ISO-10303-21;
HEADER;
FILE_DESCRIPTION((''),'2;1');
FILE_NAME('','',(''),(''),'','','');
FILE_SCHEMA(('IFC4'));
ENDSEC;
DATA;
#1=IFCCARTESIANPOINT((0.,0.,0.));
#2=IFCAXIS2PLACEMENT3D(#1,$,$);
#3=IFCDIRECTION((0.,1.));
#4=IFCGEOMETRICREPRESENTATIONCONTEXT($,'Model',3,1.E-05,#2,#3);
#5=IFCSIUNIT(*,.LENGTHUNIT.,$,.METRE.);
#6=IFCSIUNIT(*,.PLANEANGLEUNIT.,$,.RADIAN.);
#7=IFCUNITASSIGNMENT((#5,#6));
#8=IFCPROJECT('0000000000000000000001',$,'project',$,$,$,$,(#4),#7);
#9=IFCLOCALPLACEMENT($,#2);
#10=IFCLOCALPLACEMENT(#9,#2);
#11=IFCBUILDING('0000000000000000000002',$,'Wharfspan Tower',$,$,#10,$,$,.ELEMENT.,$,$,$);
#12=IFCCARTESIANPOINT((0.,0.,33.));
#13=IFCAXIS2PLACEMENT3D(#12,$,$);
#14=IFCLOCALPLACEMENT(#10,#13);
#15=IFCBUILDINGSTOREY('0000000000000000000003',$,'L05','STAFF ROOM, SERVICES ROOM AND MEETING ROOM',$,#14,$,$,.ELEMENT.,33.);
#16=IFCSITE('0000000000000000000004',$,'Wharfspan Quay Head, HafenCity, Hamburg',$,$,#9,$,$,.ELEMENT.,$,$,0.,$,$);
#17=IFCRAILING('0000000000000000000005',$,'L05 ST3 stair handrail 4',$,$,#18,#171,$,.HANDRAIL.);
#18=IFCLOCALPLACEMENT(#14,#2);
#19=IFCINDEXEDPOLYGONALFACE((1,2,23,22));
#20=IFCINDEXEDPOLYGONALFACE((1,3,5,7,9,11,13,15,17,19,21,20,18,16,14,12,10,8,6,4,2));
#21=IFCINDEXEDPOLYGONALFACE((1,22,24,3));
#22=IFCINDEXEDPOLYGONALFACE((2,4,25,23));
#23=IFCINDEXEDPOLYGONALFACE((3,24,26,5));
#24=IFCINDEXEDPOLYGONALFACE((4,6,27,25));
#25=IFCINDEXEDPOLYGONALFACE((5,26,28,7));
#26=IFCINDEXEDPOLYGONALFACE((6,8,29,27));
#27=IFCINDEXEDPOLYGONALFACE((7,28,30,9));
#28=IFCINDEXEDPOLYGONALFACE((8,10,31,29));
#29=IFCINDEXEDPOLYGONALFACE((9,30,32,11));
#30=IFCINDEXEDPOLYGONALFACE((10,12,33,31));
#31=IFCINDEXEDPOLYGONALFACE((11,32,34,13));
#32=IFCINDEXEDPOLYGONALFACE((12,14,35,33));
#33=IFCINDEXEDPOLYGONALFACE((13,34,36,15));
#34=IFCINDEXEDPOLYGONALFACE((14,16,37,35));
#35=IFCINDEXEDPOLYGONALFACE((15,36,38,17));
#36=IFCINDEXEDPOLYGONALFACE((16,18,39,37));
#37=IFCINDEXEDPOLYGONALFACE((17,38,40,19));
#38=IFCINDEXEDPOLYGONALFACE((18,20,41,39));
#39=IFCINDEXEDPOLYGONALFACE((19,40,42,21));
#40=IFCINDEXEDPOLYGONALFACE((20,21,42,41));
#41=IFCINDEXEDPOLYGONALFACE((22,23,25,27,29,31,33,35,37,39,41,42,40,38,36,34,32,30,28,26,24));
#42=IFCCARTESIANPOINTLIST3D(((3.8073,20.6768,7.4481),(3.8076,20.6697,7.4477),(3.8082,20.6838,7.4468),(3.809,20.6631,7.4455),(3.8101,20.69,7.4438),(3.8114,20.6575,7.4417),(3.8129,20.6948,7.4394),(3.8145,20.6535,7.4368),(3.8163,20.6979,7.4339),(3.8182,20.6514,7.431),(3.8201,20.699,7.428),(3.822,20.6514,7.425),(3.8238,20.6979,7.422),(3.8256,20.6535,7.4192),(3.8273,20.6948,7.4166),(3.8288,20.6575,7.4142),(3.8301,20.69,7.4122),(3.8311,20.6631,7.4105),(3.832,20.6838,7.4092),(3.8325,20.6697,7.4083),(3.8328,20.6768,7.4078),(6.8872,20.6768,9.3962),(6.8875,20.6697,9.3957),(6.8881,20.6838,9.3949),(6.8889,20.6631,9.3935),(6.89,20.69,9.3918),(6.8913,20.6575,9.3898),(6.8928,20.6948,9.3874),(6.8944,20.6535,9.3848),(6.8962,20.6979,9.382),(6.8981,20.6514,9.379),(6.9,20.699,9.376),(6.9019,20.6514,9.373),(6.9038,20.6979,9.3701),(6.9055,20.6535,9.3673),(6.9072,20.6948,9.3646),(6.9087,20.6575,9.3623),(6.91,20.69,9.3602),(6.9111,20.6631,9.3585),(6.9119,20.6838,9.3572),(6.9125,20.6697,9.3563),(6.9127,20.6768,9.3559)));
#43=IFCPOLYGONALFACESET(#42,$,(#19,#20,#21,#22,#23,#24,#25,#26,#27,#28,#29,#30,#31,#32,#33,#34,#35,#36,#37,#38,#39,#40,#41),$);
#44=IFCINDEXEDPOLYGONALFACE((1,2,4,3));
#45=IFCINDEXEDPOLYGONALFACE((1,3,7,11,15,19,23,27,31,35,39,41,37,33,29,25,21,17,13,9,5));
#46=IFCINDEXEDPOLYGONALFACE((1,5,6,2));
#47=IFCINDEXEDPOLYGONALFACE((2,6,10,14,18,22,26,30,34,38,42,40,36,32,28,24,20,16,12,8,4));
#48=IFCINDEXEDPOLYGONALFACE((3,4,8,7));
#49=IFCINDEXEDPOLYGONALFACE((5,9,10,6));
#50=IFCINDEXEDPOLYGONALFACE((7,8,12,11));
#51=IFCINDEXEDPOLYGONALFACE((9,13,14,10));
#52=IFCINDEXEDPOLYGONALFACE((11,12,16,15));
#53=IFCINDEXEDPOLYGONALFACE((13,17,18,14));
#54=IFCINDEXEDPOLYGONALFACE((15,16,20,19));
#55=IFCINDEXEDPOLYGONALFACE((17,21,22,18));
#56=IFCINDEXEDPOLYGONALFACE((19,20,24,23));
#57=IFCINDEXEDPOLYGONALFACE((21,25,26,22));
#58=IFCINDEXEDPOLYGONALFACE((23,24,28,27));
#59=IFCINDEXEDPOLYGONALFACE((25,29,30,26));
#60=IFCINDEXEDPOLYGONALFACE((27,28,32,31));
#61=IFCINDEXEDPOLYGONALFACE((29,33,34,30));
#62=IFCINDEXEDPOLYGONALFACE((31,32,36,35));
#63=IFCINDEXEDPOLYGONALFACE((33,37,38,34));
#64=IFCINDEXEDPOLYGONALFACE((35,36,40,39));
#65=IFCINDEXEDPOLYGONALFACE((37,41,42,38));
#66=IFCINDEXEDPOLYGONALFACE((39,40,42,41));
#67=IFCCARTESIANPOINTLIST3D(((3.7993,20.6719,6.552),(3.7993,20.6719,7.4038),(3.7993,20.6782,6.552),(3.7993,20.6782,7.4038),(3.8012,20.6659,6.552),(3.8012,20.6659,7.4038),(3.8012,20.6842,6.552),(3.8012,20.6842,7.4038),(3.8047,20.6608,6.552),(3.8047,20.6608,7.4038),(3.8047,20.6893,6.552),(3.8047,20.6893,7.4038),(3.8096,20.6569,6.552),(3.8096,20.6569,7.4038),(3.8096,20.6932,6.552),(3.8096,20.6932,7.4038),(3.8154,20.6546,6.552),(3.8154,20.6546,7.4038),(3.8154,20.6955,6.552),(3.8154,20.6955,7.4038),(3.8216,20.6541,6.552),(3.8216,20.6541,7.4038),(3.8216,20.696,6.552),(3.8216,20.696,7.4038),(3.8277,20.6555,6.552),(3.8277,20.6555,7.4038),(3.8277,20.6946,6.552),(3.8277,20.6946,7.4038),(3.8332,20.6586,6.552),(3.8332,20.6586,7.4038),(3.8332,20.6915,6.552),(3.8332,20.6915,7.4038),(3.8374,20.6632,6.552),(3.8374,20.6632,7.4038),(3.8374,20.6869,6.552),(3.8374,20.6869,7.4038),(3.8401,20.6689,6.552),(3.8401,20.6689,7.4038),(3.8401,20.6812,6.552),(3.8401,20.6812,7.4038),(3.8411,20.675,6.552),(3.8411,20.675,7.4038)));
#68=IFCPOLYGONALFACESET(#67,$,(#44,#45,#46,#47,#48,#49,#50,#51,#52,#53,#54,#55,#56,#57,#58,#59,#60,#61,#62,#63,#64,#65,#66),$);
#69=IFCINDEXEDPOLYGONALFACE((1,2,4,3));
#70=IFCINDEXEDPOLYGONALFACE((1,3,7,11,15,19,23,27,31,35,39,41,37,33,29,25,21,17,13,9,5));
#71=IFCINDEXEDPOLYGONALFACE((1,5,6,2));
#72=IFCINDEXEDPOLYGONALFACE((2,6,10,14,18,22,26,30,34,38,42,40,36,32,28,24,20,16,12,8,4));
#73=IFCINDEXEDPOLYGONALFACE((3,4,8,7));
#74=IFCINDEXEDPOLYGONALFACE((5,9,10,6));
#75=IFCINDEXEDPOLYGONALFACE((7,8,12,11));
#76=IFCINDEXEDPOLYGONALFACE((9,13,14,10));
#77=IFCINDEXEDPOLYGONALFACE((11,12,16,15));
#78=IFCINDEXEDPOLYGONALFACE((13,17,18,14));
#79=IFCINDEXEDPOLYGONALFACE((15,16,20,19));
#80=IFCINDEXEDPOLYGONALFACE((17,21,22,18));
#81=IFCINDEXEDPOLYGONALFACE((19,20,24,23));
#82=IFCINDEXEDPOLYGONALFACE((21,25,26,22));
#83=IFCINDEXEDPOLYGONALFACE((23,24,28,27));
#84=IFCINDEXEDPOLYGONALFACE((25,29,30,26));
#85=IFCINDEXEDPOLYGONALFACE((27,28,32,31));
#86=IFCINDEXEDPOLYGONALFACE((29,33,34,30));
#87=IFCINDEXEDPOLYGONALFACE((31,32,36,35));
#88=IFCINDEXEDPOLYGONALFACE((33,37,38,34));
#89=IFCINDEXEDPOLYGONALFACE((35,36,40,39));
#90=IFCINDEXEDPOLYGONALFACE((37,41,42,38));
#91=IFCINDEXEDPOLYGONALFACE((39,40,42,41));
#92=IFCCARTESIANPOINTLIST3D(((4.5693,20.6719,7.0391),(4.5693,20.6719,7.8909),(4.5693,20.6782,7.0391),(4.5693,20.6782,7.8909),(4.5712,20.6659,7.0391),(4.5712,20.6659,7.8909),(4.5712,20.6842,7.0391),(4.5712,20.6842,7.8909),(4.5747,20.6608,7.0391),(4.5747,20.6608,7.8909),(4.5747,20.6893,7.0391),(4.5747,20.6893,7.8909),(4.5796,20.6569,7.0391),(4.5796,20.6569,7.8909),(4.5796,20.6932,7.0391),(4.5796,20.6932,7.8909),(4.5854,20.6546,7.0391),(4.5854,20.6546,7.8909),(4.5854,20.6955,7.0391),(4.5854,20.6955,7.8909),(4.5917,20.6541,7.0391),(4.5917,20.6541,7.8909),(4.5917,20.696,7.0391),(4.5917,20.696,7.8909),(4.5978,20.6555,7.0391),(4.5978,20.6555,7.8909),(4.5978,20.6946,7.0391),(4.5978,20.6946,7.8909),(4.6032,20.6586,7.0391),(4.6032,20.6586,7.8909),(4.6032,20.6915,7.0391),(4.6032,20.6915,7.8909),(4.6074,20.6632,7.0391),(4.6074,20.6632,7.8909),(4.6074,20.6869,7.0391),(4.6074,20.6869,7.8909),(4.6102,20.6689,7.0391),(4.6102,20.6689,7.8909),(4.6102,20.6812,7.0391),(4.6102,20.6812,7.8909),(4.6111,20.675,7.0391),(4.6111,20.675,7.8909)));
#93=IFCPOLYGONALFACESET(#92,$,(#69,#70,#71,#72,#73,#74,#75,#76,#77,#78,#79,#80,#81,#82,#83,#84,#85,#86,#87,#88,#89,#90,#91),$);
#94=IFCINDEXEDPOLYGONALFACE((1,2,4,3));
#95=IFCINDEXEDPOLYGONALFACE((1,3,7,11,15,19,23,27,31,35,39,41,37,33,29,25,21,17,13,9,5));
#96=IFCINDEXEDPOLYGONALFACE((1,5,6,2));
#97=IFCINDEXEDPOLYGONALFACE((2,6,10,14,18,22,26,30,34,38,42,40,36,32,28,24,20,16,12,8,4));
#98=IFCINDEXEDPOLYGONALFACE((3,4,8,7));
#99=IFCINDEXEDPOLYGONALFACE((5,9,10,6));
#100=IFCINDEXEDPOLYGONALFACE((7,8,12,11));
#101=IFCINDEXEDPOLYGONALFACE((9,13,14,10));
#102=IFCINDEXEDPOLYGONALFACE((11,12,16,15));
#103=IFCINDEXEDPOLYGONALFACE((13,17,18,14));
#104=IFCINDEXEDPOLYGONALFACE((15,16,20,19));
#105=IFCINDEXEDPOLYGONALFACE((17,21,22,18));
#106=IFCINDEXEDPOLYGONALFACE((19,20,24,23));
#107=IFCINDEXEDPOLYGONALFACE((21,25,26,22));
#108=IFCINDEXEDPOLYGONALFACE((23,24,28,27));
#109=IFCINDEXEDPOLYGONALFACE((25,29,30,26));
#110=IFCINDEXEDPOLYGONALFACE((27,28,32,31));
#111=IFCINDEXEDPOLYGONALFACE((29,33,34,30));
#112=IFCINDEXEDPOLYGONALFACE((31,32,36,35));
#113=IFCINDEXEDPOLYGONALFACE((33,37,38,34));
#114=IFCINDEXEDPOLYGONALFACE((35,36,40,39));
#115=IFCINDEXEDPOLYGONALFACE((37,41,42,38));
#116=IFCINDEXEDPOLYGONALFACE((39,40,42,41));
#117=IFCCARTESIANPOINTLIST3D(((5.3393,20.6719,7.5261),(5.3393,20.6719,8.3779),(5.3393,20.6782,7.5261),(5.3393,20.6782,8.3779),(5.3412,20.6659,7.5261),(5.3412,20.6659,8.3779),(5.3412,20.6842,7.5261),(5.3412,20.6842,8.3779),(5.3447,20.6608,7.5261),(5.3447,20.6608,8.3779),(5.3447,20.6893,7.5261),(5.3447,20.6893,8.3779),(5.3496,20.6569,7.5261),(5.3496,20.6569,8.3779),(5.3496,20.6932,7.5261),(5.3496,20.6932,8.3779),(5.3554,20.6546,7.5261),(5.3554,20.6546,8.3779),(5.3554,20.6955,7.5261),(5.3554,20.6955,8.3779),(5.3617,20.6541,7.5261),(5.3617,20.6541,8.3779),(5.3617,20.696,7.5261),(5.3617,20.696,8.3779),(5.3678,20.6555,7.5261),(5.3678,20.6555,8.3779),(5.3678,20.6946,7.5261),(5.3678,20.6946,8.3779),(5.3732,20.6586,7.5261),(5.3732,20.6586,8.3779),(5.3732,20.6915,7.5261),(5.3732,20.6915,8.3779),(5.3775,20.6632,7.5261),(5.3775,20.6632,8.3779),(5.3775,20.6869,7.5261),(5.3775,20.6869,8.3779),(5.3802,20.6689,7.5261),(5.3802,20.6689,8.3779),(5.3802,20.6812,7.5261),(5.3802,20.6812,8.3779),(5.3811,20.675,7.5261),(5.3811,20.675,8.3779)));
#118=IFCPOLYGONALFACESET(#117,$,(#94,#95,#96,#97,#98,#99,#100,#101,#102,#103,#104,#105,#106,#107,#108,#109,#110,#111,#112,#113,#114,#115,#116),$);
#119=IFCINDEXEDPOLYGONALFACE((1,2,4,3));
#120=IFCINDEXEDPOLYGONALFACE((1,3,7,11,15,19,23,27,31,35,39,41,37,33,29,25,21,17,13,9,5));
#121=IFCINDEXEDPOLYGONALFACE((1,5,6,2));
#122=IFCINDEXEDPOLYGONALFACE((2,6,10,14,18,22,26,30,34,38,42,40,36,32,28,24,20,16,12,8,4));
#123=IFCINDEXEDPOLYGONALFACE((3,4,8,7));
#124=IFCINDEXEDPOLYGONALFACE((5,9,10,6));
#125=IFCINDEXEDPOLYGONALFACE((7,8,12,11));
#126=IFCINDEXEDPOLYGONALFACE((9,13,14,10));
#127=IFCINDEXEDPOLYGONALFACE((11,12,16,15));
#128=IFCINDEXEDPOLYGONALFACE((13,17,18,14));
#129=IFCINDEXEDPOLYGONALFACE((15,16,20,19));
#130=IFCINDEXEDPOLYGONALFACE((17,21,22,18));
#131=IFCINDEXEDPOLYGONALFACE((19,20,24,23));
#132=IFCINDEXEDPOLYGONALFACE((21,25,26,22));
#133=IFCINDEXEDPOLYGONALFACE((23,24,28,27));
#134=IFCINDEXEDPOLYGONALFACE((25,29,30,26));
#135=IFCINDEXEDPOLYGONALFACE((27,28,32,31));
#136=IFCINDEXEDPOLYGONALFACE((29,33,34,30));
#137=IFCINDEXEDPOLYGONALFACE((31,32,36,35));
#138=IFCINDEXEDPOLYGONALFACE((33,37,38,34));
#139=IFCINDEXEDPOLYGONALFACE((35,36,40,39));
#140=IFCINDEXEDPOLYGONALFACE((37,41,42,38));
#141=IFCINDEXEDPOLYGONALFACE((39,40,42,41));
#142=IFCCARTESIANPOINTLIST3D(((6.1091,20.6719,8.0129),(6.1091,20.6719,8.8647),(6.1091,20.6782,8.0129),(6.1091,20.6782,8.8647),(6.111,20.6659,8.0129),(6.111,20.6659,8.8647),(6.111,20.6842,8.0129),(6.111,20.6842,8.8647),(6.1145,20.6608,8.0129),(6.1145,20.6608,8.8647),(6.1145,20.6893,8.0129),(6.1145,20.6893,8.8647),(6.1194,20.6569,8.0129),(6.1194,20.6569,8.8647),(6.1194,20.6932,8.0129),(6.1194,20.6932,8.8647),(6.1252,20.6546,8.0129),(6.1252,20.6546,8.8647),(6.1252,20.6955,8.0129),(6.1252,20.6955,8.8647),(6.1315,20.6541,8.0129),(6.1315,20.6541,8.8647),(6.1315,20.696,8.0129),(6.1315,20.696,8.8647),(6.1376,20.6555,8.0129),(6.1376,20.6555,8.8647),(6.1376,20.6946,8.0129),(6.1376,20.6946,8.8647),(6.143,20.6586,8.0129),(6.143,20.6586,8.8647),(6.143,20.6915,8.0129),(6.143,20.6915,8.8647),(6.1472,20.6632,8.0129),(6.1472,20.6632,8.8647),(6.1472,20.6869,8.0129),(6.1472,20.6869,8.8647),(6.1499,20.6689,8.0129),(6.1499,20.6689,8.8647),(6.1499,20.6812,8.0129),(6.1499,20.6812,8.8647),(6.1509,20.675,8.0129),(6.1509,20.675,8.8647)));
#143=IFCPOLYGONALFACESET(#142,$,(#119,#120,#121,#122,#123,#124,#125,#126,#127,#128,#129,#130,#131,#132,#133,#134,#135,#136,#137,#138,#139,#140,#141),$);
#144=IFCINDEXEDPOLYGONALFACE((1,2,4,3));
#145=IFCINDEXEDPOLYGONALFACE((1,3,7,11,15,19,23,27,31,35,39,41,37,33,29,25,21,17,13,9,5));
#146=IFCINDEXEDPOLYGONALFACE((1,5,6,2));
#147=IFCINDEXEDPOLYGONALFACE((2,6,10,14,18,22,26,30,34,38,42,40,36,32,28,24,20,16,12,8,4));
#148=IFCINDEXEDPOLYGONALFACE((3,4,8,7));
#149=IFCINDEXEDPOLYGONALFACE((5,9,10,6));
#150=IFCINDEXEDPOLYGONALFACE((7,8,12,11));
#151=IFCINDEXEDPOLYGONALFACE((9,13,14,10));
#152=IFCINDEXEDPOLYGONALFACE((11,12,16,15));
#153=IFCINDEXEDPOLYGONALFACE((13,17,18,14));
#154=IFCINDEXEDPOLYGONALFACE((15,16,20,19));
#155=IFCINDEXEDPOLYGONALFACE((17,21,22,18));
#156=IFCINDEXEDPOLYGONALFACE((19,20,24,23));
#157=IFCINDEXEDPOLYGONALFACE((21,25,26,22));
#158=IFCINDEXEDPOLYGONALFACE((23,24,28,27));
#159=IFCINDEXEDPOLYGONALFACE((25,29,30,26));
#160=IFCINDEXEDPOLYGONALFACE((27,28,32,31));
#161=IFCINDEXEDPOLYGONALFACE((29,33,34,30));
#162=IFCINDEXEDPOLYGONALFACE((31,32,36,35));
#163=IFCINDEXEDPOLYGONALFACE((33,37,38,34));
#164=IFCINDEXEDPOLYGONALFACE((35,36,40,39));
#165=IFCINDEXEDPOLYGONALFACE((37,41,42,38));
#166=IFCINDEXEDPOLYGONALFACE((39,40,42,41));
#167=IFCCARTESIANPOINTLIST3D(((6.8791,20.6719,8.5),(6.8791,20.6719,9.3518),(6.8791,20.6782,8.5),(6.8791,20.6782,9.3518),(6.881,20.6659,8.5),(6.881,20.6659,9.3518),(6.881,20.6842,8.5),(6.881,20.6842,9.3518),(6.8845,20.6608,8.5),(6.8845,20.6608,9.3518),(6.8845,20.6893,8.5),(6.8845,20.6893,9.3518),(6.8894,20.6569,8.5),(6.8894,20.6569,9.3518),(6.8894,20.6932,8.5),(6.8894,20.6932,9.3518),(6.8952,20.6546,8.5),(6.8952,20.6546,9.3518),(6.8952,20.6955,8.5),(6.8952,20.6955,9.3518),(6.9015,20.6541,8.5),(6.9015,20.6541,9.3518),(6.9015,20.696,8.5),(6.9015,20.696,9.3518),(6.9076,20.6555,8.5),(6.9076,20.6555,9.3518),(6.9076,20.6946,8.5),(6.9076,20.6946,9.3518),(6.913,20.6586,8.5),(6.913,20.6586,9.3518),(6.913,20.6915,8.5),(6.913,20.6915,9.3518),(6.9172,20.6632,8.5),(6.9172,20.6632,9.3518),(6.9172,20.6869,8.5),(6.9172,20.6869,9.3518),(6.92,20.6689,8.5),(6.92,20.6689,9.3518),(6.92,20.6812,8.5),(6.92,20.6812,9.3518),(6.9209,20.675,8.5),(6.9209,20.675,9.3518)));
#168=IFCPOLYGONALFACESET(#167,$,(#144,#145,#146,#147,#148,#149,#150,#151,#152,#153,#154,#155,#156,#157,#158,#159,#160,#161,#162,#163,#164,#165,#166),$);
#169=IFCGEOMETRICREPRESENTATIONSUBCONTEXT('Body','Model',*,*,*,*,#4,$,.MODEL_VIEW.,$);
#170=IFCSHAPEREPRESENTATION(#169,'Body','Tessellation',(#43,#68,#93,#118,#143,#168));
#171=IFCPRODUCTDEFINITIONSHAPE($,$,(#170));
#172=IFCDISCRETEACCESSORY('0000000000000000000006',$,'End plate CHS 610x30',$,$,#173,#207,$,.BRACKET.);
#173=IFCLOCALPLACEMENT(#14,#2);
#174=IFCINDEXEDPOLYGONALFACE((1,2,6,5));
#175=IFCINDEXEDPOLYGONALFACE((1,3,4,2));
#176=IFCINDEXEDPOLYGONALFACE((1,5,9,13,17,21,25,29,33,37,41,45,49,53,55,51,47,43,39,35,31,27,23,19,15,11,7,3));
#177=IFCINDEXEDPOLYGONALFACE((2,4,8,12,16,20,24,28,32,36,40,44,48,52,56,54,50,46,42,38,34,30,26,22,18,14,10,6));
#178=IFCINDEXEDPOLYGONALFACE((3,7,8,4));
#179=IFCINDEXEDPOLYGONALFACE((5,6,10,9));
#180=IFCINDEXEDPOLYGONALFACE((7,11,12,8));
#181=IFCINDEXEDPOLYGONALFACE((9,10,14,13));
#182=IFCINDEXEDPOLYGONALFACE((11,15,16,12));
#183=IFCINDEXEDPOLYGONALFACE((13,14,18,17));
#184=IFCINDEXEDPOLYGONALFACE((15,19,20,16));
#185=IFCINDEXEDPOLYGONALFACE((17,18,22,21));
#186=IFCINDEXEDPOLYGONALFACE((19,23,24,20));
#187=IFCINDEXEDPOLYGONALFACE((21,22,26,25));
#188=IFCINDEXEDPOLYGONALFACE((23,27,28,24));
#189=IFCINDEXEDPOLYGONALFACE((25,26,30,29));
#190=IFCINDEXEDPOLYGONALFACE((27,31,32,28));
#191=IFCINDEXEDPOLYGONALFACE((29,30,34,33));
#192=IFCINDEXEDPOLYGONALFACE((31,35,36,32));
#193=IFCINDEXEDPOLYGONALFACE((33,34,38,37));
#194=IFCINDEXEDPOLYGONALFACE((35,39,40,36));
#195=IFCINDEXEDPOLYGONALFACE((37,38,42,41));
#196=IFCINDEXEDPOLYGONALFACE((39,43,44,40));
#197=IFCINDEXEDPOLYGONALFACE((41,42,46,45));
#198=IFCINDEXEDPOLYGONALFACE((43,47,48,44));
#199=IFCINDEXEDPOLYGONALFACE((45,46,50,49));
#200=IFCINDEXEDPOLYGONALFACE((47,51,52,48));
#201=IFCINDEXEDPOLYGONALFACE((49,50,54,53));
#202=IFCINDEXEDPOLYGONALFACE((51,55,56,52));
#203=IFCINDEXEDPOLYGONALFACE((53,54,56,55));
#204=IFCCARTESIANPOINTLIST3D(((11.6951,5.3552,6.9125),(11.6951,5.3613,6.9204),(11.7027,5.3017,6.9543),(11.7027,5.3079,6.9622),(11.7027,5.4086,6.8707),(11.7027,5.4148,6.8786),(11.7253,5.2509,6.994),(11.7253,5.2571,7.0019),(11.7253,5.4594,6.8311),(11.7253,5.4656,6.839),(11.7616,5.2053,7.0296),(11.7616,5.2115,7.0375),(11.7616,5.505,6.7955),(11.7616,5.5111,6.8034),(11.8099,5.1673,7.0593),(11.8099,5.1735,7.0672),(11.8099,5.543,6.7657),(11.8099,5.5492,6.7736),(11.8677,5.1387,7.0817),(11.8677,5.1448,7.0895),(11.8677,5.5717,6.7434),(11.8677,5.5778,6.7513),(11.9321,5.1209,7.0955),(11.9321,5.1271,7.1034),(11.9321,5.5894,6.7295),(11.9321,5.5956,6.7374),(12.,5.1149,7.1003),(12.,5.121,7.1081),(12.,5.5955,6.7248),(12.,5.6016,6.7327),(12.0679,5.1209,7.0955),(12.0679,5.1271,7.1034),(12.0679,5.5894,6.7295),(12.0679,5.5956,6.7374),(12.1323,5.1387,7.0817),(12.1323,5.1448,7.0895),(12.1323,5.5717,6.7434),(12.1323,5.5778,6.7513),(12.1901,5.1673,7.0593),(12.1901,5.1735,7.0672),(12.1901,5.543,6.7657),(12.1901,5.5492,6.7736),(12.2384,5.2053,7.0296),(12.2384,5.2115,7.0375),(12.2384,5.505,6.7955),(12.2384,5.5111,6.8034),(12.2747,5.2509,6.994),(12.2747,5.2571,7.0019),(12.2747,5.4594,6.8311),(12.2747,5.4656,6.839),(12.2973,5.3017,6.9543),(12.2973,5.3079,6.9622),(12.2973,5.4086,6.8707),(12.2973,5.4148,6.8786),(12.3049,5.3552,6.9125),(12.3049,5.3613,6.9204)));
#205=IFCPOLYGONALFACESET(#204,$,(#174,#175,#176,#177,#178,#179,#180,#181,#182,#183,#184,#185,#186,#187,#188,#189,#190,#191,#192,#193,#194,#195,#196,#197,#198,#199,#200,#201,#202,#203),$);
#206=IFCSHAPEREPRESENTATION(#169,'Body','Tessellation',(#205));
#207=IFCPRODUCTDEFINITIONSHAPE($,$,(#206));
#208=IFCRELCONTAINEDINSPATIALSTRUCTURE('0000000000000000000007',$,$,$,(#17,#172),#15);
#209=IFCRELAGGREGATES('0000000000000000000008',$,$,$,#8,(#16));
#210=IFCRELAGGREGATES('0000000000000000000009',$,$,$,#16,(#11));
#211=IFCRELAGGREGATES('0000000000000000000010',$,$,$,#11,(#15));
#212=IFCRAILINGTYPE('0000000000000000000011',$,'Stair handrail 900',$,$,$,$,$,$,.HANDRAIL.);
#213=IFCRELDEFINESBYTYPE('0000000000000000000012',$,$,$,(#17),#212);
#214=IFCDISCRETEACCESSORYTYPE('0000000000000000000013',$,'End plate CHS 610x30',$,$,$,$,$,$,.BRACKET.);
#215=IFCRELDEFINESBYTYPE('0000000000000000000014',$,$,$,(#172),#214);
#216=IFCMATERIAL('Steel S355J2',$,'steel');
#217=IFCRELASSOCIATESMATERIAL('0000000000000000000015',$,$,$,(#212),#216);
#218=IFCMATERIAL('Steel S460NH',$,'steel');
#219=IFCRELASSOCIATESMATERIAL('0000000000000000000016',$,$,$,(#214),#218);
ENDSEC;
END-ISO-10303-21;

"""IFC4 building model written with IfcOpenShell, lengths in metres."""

from ifc_helpers import new_model, si_unit, direction, frame, origin, origin_2d, place, context, subcontext, project, spatial, circle, extrude, material, material_profile, profile_set, type_object, element, save


model = new_model("IFC4")

# Units and contexts
model_context = context("Model", 3, precision=1e-05, world=origin(), true_north=direction((0.0, 1.0)))
body_context = subcontext(model_context, "Body", "Model", "MODEL_VIEW")
ifc_project = project(units=[si_unit("LENGTHUNIT", "METRE"), si_unit("PLANEANGLEUNIT", "RADIAN")], contexts=[model_context])

# Site, building, storey
site_placement = place(None, origin())
site = spatial("IfcSite", under=ifc_project, at=site_placement, Name="Wharfspan Quay Head, HafenCity, Hamburg", CompositionType="ELEMENT", RefElevation=0.0)
building_placement = place(site_placement, origin())
building = spatial("IfcBuilding", under=site, at=building_placement, Name="Wharfspan Tower", CompositionType="ELEMENT")
storey_placement = place(building_placement, frame((0.0, 0.0, 33.0)))
storey = spatial("IfcBuildingStorey", under=building, at=storey_placement, Name="L05", Description="STAFF ROOM, SERVICES ROOM AND MEETING ROOM", CompositionType="ELEMENT", Elevation=33.0)

# Shared definitions
ifc_material_1 = material(Name="Steel S460NH", Category="steel")

# Railing
ifc_material_2 = material(Name="Steel S355J2", Category="steel")
railing_type_1 = type_object("IfcRailingType", Name="Stair handrail 900", PredefinedType="HANDRAIL", material=ifc_material_2)
for number, where, name in (
    (1, (3.8201, 20.675, 6.552), "L05 ST3 stair handrail 4"),
):
    element("IfcRailing", number, at=place(storey_placement, frame(where)), inside=storey, type_object=railing_type_1, Name=name, PredefinedType="HANDRAIL", context=body_context, shape_type="SweptSolid", body=[
        extrude(circle(Radius=0.0239, at=origin_2d()), frame((0.0, 0.0, 0.876), z_axis=(0.845137, 0.0, 0.53455), x_axis=(0.0, 1.0, 0.0)), (0.0, 0.0, 1.0), 3.6443),
        extrude(circle(Radius=0.021, at=origin_2d()), origin(), (0.0, 0.0, 1.0), 0.8518),
        extrude(circle(Radius=0.021, at=origin_2d()), frame((0.77, 0.0, 0.4871)), (0.0, 0.0, 1.0), 0.8518),
        extrude(circle(Radius=0.021, at=origin_2d()), frame((1.54, 0.0, 0.9741)), (0.0, 0.0, 1.0), 0.8518),
        extrude(circle(Radius=0.021, at=origin_2d()), frame((2.3098, 0.0, 1.4609)), (0.0, 0.0, 1.0), 0.8518),
        extrude(circle(Radius=0.021, at=origin_2d()), frame((3.0798, 0.0, 1.948)), (0.0, 0.0, 1.0), 0.8518),
    ])

# Discrete accessory
ifc_material_profile_1 = material_profile(ifc_material_1, circle(Radius=0.3049, at=origin_2d()))
ifc_profile_set_1 = profile_set([ifc_material_profile_1], Name="Steel S460NH")
discrete_accessory_type = type_object("IfcDiscreteAccessoryType", Name="End plate CHS 610x30", PredefinedType="BRACKET", material=ifc_profile_set_1)
for number, where, z_axis, x_axis, name in (
    (2, (12.0, 5.3613, 6.9204), (0.0, -0.615644, -0.788024), (1.0, 0.0, 0.0), "End plate CHS 610x30"),
):
    element("IfcDiscreteAccessory", number, at=place(storey_placement, frame(where, z_axis=z_axis, x_axis=x_axis)), inside=storey, type_object=discrete_accessory_type, Name=name, PredefinedType="BRACKET", context=body_context, shape_type="SweptSolid", body=[
        extrude(circle(Radius=0.3049, at=origin_2d()), origin(), (0.0, 0.0, 1.0), 0.01),
    ])

save(model, "model.ifc")
